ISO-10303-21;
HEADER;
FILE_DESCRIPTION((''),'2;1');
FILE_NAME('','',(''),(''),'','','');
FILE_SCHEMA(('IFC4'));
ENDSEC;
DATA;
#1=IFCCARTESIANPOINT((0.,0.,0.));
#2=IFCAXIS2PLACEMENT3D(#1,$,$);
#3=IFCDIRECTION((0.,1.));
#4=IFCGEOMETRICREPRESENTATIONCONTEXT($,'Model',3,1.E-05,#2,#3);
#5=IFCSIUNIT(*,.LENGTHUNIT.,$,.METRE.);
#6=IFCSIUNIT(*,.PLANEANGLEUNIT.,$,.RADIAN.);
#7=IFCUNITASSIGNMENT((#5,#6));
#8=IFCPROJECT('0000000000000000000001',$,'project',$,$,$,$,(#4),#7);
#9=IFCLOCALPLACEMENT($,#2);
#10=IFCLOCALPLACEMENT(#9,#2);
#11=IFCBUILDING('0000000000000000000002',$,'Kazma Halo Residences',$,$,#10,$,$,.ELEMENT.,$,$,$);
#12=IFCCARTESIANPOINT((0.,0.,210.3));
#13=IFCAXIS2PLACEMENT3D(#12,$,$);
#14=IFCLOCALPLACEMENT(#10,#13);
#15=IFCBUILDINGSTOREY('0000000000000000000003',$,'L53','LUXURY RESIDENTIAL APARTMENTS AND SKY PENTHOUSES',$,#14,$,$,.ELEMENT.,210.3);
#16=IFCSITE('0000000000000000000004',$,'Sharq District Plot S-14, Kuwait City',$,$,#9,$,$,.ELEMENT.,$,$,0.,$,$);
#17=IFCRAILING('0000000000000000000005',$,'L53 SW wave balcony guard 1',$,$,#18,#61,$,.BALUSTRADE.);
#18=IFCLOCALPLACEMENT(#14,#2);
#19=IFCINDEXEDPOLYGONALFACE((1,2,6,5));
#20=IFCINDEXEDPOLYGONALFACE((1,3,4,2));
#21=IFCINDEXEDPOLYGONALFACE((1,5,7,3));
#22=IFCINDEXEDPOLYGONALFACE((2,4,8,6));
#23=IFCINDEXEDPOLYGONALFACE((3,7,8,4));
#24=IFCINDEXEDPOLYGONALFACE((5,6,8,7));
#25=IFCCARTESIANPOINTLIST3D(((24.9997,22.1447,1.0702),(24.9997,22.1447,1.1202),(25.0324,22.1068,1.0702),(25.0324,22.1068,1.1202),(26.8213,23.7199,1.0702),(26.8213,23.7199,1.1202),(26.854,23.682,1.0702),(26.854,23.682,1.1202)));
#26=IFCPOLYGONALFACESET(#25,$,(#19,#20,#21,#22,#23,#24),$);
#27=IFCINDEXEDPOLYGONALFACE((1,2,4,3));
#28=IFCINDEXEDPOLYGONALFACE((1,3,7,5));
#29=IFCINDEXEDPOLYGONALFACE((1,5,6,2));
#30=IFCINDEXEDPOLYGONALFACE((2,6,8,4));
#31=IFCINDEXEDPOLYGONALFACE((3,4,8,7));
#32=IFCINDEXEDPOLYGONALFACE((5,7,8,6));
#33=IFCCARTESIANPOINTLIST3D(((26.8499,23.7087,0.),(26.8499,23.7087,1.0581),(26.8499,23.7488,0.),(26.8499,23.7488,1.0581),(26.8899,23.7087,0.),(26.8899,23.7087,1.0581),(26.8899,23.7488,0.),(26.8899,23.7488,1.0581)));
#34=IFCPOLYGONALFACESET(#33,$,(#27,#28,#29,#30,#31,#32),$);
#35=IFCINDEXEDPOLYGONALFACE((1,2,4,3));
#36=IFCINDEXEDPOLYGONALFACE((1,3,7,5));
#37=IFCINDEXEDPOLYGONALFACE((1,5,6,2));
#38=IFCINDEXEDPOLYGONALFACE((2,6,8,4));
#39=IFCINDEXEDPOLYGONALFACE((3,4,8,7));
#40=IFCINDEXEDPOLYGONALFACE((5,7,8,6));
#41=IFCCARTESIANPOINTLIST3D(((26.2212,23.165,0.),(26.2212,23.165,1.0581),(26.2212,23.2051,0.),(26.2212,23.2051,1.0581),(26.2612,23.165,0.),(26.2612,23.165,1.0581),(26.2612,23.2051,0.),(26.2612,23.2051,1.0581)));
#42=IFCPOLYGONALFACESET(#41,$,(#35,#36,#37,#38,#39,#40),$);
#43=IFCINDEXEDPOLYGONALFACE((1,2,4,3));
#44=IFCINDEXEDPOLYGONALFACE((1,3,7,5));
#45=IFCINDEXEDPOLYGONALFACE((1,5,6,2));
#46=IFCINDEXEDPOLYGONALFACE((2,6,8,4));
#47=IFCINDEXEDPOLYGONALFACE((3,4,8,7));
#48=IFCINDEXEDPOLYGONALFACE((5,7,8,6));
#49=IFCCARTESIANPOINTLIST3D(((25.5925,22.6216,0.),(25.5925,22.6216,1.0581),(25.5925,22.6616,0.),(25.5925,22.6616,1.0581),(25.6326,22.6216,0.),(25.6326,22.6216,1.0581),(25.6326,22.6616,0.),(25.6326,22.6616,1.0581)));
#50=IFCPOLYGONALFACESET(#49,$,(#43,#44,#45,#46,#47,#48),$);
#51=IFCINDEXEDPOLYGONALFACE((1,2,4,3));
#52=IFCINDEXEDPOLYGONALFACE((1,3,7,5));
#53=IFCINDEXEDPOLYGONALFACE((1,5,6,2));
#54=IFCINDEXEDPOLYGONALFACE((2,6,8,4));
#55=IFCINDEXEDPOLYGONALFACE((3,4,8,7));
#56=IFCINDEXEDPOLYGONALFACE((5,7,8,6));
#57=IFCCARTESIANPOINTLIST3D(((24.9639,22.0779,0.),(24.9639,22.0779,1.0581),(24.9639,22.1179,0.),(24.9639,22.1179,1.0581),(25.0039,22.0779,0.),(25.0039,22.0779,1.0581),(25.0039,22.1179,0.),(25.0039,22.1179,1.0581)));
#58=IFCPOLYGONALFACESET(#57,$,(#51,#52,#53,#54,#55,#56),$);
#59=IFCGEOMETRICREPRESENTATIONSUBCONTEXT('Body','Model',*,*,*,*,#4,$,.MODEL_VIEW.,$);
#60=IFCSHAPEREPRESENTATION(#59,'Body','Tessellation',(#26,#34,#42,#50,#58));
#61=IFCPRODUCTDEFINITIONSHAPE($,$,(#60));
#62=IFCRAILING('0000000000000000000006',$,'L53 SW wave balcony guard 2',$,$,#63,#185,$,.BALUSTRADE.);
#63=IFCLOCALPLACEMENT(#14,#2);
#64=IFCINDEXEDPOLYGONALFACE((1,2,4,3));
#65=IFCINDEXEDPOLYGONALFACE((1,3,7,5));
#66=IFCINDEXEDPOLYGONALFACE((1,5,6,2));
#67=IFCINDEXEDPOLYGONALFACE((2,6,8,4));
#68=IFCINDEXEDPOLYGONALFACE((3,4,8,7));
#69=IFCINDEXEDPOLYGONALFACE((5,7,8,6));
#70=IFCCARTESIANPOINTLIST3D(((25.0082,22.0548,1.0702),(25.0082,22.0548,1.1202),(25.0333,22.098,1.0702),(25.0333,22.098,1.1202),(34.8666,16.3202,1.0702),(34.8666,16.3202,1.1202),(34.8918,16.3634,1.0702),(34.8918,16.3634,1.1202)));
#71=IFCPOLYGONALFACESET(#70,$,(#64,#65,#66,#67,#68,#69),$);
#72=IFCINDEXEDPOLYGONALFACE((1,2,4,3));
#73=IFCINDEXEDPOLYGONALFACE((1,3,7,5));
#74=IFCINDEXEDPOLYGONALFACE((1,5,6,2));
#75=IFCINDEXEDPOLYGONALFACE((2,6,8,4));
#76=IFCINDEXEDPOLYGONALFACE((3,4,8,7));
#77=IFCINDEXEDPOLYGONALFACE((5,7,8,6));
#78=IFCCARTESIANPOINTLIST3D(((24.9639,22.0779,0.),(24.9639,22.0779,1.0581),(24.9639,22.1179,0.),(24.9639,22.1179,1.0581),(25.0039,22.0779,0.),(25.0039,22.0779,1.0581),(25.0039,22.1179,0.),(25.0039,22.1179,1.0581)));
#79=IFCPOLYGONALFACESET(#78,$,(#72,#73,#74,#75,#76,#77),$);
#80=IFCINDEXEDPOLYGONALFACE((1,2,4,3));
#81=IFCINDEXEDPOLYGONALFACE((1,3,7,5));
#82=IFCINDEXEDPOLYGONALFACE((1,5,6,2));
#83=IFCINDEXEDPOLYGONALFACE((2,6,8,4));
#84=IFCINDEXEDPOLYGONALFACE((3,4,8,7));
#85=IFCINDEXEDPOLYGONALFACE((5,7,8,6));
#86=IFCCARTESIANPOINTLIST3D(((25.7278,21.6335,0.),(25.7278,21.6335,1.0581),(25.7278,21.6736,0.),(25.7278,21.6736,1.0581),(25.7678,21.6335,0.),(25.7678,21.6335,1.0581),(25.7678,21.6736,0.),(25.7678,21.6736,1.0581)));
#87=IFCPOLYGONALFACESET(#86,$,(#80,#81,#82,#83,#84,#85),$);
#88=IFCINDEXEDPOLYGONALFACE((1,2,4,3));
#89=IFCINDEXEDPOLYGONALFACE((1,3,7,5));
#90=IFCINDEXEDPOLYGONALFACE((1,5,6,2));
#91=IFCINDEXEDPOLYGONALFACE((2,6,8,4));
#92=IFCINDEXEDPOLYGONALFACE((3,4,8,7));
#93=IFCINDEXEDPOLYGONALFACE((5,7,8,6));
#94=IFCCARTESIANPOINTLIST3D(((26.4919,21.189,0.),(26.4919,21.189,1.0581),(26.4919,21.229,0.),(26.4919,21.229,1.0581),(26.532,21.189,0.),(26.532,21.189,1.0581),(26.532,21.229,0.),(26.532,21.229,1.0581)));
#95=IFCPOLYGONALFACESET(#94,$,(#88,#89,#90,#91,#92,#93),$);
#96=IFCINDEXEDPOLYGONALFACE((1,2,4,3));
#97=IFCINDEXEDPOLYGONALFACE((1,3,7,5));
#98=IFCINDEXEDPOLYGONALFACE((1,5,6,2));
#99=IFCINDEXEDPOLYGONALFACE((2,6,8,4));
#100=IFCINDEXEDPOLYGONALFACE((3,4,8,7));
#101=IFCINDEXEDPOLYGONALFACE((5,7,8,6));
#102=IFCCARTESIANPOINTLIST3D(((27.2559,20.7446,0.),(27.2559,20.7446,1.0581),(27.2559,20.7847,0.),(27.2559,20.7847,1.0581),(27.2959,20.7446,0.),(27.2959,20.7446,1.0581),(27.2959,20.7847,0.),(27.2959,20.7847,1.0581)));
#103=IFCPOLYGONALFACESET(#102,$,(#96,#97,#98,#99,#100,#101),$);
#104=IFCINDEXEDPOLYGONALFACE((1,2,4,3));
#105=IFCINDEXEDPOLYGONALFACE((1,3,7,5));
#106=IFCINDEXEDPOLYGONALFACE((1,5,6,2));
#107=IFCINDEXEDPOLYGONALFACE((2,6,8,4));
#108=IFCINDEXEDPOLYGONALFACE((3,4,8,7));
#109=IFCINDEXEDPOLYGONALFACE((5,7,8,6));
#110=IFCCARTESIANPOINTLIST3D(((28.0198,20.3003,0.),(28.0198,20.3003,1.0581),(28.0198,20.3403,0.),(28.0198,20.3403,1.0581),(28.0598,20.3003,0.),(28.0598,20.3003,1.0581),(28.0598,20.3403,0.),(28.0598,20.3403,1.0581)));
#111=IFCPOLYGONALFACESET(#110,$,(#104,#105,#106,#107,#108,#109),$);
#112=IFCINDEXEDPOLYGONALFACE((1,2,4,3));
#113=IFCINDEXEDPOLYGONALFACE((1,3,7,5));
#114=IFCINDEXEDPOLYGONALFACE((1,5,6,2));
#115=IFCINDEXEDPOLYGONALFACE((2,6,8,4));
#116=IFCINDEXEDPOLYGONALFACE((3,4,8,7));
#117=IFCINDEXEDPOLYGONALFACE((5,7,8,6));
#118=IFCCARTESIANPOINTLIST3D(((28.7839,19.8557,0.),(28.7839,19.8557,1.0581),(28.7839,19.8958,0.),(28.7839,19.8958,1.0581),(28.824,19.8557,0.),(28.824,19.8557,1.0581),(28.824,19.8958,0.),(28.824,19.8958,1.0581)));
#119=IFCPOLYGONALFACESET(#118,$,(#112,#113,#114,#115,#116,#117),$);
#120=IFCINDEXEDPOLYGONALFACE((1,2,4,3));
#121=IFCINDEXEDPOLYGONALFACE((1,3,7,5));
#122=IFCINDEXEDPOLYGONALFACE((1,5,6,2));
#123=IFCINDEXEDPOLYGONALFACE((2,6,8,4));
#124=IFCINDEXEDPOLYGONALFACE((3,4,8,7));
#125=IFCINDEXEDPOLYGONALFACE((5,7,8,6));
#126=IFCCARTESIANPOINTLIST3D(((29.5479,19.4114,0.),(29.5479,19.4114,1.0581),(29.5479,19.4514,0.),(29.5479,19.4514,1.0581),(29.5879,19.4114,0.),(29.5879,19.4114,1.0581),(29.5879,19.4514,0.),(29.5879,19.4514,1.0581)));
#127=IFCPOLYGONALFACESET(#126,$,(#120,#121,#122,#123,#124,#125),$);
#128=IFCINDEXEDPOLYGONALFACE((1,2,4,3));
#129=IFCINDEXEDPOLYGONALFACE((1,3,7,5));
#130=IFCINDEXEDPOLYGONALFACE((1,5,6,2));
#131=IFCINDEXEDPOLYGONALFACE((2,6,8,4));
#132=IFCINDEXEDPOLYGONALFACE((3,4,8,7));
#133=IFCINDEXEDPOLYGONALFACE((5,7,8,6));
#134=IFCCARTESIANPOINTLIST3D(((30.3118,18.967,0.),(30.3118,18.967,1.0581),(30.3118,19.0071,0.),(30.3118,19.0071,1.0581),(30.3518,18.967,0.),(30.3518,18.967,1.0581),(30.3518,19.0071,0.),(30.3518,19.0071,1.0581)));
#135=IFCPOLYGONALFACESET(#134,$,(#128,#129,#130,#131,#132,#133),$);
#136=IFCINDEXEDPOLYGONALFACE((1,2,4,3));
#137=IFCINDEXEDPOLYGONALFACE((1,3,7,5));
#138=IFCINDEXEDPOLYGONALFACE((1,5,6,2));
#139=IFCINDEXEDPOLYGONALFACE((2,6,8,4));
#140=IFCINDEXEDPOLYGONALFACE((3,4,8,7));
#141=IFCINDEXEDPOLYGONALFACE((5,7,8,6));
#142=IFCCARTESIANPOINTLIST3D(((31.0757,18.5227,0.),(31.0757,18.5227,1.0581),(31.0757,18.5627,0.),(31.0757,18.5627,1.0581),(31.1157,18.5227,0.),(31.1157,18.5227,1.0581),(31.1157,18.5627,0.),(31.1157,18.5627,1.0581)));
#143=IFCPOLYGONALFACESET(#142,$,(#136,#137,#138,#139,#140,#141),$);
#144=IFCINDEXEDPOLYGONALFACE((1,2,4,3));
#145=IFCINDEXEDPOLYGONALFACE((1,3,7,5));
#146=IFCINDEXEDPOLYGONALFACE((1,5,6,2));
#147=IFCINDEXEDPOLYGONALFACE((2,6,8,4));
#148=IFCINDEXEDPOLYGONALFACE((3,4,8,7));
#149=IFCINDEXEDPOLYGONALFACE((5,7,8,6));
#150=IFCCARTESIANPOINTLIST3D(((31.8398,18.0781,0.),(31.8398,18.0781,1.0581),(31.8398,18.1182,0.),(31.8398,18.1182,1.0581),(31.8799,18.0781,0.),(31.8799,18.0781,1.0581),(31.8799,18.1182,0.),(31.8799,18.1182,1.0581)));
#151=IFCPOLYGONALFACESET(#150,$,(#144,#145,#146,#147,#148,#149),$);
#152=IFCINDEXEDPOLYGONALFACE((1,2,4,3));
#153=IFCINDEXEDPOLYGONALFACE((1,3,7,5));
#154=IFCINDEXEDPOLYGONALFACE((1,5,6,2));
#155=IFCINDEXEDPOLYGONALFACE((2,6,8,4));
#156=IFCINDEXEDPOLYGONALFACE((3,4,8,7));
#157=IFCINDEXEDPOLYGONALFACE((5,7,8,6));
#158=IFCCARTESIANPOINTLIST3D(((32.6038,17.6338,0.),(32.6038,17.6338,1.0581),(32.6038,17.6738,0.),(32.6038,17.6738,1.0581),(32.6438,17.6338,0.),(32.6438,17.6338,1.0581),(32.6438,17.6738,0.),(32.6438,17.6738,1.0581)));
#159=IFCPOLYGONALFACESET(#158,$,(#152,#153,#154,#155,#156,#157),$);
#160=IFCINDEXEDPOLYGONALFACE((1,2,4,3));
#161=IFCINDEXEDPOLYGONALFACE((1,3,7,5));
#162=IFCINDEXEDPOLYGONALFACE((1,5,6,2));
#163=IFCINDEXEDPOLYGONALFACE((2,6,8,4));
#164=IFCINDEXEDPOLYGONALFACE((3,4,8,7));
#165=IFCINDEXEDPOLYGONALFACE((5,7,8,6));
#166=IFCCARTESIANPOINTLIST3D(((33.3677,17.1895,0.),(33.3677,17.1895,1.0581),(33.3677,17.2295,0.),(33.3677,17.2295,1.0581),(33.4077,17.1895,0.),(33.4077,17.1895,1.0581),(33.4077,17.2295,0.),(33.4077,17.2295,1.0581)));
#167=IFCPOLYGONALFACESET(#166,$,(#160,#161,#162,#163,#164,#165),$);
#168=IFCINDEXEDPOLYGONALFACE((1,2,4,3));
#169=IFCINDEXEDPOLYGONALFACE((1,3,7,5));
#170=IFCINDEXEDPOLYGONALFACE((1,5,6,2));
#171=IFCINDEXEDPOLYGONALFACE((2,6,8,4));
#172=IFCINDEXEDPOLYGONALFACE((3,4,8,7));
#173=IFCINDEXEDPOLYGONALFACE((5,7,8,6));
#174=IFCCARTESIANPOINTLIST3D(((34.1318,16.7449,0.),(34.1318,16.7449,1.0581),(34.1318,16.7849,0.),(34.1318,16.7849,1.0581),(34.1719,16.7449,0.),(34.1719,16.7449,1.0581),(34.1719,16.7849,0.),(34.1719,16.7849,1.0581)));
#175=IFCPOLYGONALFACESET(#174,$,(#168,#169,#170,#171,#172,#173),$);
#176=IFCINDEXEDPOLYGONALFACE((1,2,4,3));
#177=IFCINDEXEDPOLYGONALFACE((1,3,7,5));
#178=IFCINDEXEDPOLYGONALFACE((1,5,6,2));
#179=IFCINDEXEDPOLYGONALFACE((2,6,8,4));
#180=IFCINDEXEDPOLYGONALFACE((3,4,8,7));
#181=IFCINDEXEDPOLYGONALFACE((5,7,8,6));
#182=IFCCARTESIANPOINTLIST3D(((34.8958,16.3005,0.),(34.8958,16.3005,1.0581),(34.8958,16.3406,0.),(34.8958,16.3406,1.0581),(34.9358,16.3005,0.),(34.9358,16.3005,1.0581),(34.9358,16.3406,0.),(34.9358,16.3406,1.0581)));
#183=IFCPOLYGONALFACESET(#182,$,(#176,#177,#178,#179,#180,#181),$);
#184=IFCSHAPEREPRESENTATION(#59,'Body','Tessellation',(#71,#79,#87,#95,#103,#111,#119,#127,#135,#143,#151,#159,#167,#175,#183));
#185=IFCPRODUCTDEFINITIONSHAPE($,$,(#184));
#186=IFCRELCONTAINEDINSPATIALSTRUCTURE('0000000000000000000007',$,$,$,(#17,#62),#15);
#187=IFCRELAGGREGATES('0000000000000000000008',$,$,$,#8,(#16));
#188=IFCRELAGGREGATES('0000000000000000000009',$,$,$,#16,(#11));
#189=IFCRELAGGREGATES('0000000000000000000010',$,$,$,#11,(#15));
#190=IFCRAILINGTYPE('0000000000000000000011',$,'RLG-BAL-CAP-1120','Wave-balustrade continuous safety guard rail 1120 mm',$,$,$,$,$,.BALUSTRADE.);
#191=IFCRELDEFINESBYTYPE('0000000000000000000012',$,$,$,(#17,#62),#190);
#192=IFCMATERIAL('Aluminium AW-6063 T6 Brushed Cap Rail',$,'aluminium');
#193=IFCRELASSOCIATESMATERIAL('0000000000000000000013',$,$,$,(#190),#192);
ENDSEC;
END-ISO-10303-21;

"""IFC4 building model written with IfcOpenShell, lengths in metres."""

from ifc_helpers import new_model, si_unit, direction, frame, origin, origin_2d, place, context, subcontext, project, spatial, rectangle, extrude, material, type_object, element, save


model = new_model("IFC4")

# Units and contexts
model_context = context("Model", 3, precision=1e-05, world=origin(), true_north=direction((0.0, 1.0)))
body_context = subcontext(model_context, "Body", "Model", "MODEL_VIEW")
ifc_project = project(units=[si_unit("LENGTHUNIT", "METRE"), si_unit("PLANEANGLEUNIT", "RADIAN")], contexts=[model_context])

# Site, building, storey
site_placement = place(None, origin())
site = spatial("IfcSite", under=ifc_project, at=site_placement, Name="Sharq District Plot S-14, Kuwait City", CompositionType="ELEMENT", RefElevation=0.0)
building_placement = place(site_placement, origin())
building = spatial("IfcBuilding", under=site, at=building_placement, Name="Kazma Halo Residences", CompositionType="ELEMENT")
storey_placement = place(building_placement, frame((0.0, 0.0, 210.3)))
storey = spatial("IfcBuildingStorey", under=building, at=storey_placement, Name="L53", Description="LUXURY RESIDENTIAL APARTMENTS AND SKY PENTHOUSES", CompositionType="ELEMENT", Elevation=210.3)

# Railings
ifc_material_1 = material(Name="Aluminium AW-6063 T6 Brushed Cap Rail", Category="aluminium")
railing_type = type_object("IfcRailingType", Name="RLG-BAL-CAP-1120", Description="Wave-balustrade continuous safety guard rail 1120 mm", PredefinedType="BALUSTRADE", material=ifc_material_1)
railing_1_placement = place(storey_placement, frame((26.8699, 23.7288, 0.0)))
element("IfcRailing", 1, at=railing_1_placement, inside=storey, type_object=railing_type, Name="L53 SW wave balcony guard 1", PredefinedType="BALUSTRADE", context=body_context, shape_type="SweptSolid", body=[
    extrude(rectangle(XDim=0.05, YDim=0.05, at=origin_2d()), frame((-0.0322, -0.0278, 1.0952), z_axis=(-0.756416, -0.654091, 0.0), x_axis=(0.654091, -0.756416, 0.0)), (0.0, 0.0, 1.0), 2.4082),
    extrude(rectangle(XDim=0.04, YDim=0.04, at=origin_2d()), origin(), (0.0, 0.0, 1.0), 1.0581),
    extrude(rectangle(XDim=0.04, YDim=0.04, at=origin_2d()), frame((-0.6287, -0.5437, 0.0)), (0.0, 0.0, 1.0), 1.0581),
    extrude(rectangle(XDim=0.04, YDim=0.04, at=origin_2d()), frame((-1.2573, -1.0872, 0.0)), (0.0, 0.0, 1.0), 1.0581),
    extrude(rectangle(XDim=0.04, YDim=0.04, at=origin_2d()), frame((-1.886, -1.6309, 0.0)), (0.0, 0.0, 1.0), 1.0581),
])
railing_2_placement = place(storey_placement, frame((24.9839, 22.0979, 0.0)))
element("IfcRailing", 2, at=railing_2_placement, inside=storey, type_object=railing_type, Name="L53 SW wave balcony guard 2", PredefinedType="BALUSTRADE", context=body_context, shape_type="SweptSolid", body=[
    extrude(rectangle(XDim=0.05, YDim=0.05, at=origin_2d()), frame((0.0369, -0.0215, 1.0952), z_axis=(0.864394, -0.502815, 0.0), x_axis=(0.502815, 0.864394, 0.0)), (0.0, 0.0, 1.0), 11.405),
    extrude(rectangle(XDim=0.04, YDim=0.04, at=origin_2d()), origin(), (0.0, 0.0, 1.0), 1.0581),
    extrude(rectangle(XDim=0.04, YDim=0.04, at=origin_2d()), frame((0.7639, -0.4443, 0.0)), (0.0, 0.0, 1.0), 1.0581),
    extrude(rectangle(XDim=0.04, YDim=0.04, at=origin_2d()), frame((1.5281, -0.8889, 0.0)), (0.0, 0.0, 1.0), 1.0581),
    extrude(rectangle(XDim=0.04, YDim=0.04, at=origin_2d()), frame((2.292, -1.3333, 0.0)), (0.0, 0.0, 1.0), 1.0581),
    extrude(rectangle(XDim=0.04, YDim=0.04, at=origin_2d()), frame((3.0559, -1.7776, 0.0)), (0.0, 0.0, 1.0), 1.0581),
    extrude(rectangle(XDim=0.04, YDim=0.04, at=origin_2d()), frame((3.8201, -2.2222, 0.0)), (0.0, 0.0, 1.0), 1.0581),
    extrude(rectangle(XDim=0.04, YDim=0.04, at=origin_2d()), frame((4.584, -2.6665, 0.0)), (0.0, 0.0, 1.0), 1.0581),
    extrude(rectangle(XDim=0.04, YDim=0.04, at=origin_2d()), frame((5.3479, -3.1108, 0.0)), (0.0, 0.0, 1.0), 1.0581),
    extrude(rectangle(XDim=0.04, YDim=0.04, at=origin_2d()), frame((6.1118, -3.5552, 0.0)), (0.0, 0.0, 1.0), 1.0581),
    extrude(rectangle(XDim=0.04, YDim=0.04, at=origin_2d()), frame((6.876, -3.9998, 0.0)), (0.0, 0.0, 1.0), 1.0581),
    extrude(rectangle(XDim=0.04, YDim=0.04, at=origin_2d()), frame((7.6399, -4.4441, 0.0)), (0.0, 0.0, 1.0), 1.0581),
    extrude(rectangle(XDim=0.04, YDim=0.04, at=origin_2d()), frame((8.4038, -4.8884, 0.0)), (0.0, 0.0, 1.0), 1.0581),
    extrude(rectangle(XDim=0.04, YDim=0.04, at=origin_2d()), frame((9.168, -5.333, 0.0)), (0.0, 0.0, 1.0), 1.0581),
    extrude(rectangle(XDim=0.04, YDim=0.04, at=origin_2d()), frame((9.9319, -5.7773, 0.0)), (0.0, 0.0, 1.0), 1.0581),
])

save(model, "model.ifc")
